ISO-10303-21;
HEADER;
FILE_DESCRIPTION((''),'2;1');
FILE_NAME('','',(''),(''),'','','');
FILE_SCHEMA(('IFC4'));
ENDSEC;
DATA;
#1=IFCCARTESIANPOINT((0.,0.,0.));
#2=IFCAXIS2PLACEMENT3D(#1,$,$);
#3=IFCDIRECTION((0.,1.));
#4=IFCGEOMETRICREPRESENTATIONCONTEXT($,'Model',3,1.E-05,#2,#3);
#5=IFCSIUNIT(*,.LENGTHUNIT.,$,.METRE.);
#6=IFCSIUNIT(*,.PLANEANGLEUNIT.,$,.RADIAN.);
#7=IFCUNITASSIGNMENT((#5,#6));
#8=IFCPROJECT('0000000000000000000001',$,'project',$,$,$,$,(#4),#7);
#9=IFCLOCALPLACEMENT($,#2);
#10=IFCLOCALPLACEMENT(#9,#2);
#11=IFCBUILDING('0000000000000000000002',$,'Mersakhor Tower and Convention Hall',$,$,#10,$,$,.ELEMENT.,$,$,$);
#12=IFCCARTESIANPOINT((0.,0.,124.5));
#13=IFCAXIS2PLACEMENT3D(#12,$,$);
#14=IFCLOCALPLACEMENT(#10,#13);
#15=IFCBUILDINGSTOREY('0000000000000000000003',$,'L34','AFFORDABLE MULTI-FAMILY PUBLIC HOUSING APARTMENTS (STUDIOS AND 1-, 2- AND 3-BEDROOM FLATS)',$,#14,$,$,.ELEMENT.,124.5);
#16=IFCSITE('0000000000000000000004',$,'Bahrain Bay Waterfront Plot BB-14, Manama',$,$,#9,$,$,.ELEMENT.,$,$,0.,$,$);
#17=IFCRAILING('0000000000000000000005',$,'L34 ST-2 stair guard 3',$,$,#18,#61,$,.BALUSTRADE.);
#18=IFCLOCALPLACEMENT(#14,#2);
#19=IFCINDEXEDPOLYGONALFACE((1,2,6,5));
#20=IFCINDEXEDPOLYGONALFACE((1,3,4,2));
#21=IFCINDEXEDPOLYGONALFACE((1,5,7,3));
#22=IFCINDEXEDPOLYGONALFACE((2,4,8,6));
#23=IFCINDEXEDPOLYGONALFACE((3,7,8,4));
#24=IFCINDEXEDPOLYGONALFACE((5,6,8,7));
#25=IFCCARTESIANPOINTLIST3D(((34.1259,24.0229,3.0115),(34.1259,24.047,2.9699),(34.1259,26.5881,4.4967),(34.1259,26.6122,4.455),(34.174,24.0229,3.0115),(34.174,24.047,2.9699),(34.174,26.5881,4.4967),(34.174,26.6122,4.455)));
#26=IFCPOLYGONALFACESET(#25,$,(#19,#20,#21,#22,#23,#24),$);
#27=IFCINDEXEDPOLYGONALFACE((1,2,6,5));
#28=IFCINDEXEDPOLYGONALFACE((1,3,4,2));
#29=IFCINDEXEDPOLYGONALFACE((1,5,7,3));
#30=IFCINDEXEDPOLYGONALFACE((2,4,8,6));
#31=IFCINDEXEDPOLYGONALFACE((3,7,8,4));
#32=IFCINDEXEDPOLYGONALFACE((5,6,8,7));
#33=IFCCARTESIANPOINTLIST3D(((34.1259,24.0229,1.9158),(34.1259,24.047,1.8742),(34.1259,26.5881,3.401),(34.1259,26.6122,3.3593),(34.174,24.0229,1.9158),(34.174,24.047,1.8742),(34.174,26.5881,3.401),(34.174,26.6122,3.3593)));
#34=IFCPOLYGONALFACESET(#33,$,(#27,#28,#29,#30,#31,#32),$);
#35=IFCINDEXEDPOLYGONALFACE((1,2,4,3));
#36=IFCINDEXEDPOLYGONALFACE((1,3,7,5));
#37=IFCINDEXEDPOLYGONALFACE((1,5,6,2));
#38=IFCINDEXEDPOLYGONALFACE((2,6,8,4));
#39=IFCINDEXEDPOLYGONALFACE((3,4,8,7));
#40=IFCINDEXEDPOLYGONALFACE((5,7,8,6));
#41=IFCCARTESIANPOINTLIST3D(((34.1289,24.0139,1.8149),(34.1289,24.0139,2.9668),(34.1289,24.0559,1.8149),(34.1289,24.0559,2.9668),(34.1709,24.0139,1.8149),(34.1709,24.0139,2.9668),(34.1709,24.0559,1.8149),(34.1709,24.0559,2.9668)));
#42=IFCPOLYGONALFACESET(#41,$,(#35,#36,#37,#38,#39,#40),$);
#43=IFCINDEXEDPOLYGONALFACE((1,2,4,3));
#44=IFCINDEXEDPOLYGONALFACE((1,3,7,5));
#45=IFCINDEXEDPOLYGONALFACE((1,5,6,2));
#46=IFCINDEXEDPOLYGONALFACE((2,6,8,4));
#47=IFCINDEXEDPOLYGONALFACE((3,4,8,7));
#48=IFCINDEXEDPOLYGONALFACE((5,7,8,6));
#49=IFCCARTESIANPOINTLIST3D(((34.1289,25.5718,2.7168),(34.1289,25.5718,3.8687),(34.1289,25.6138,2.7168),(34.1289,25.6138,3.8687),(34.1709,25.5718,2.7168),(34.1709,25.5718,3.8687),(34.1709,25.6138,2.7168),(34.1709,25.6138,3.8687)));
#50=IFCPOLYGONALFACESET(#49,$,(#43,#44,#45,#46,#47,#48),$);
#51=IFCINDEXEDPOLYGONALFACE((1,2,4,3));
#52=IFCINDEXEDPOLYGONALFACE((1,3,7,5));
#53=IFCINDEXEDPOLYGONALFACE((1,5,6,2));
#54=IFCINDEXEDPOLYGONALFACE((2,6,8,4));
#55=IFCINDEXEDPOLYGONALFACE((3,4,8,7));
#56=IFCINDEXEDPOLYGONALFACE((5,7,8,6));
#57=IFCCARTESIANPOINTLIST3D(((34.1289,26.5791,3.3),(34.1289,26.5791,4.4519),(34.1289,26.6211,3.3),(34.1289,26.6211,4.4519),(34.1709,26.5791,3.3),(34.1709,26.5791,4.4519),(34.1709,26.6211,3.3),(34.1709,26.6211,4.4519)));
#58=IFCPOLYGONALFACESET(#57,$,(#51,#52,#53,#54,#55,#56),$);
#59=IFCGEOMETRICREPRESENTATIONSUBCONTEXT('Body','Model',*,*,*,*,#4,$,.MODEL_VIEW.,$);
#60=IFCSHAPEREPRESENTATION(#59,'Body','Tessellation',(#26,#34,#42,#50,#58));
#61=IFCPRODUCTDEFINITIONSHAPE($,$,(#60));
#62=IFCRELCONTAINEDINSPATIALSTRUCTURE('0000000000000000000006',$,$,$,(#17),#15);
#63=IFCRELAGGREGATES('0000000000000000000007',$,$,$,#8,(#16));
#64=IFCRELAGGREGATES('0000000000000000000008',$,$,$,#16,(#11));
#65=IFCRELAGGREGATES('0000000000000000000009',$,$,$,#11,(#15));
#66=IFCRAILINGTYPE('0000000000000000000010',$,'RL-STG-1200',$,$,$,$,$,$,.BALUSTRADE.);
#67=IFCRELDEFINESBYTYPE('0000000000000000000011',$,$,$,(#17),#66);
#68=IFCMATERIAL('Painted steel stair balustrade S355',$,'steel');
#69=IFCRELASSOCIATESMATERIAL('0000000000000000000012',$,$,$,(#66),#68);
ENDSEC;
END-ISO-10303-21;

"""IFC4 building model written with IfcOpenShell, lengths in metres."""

from ifc_helpers import new_model, si_unit, direction, frame, origin, origin_2d, place, context, subcontext, project, spatial, rectangle, extrude, material, type_object, element, save


model = new_model("IFC4")

# Units and contexts
model_context = context("Model", 3, precision=1e-05, world=origin(), true_north=direction((0.0, 1.0)))
body_context = subcontext(model_context, "Body", "Model", "MODEL_VIEW")
ifc_project = project(units=[si_unit("LENGTHUNIT", "METRE"), si_unit("PLANEANGLEUNIT", "RADIAN")], contexts=[model_context])

# Site, building, storey
site_placement = place(None, origin())
site = spatial("IfcSite", under=ifc_project, at=site_placement, Name="Bahrain Bay Waterfront Plot BB-14, Manama", CompositionType="ELEMENT", RefElevation=0.0)
building_placement = place(site_placement, origin())
building = spatial("IfcBuilding", under=site, at=building_placement, Name="Mersakhor Tower and Convention Hall", CompositionType="ELEMENT")
storey_placement = place(building_placement, frame((0.0, 0.0, 124.5)))
storey = spatial("IfcBuildingStorey", under=building, at=storey_placement, Name="L34", Description="AFFORDABLE MULTI-FAMILY PUBLIC HOUSING APARTMENTS (STUDIOS AND 1-, 2- AND 3-BEDROOM FLATS)", CompositionType="ELEMENT", Elevation=124.5)

# Railing
ifc_material_1 = material(Name="Painted steel stair balustrade S355", Category="steel")
railing_type_1 = type_object("IfcRailingType", Name="RL-STG-1200", PredefinedType="BALUSTRADE", material=ifc_material_1)
railing_1_placement = place(storey_placement, frame((34.1499, 24.0349, 1.8149)))
element("IfcRailing", 1, at=railing_1_placement, inside=storey, type_object=railing_type_1, Name="L34 ST-2 stair guard 3", PredefinedType="BALUSTRADE", context=body_context, shape_type="SweptSolid", body=[
    extrude(rectangle(XDim=0.0481, YDim=0.0481, at=origin_2d()), frame((0.0, 0.0, 1.1758), z_axis=(0.0, 0.865426, 0.501036), x_axis=(-1.0, 0.0, 0.0)), (0.0, 0.0, 1.0), 2.9641),
    extrude(rectangle(XDim=0.0481, YDim=0.0481, at=origin_2d()), frame((0.0, 0.0, 0.0801), z_axis=(0.0, 0.865426, 0.501036), x_axis=(-1.0, 0.0, 0.0)), (0.0, 0.0, 1.0), 2.9641),
    extrude(rectangle(XDim=0.042, YDim=0.042, at=origin_2d()), origin(), (0.0, 0.0, 1.0), 1.1519),
    extrude(rectangle(XDim=0.042, YDim=0.042, at=origin_2d()), frame((0.0, 1.5579, 0.9019)), (0.0, 0.0, 1.0), 1.1519),
    extrude(rectangle(XDim=0.042, YDim=0.042, at=origin_2d()), frame((0.0, 2.5652, 1.4851)), (0.0, 0.0, 1.0), 1.1519),
])

save(model, "model.ifc")
